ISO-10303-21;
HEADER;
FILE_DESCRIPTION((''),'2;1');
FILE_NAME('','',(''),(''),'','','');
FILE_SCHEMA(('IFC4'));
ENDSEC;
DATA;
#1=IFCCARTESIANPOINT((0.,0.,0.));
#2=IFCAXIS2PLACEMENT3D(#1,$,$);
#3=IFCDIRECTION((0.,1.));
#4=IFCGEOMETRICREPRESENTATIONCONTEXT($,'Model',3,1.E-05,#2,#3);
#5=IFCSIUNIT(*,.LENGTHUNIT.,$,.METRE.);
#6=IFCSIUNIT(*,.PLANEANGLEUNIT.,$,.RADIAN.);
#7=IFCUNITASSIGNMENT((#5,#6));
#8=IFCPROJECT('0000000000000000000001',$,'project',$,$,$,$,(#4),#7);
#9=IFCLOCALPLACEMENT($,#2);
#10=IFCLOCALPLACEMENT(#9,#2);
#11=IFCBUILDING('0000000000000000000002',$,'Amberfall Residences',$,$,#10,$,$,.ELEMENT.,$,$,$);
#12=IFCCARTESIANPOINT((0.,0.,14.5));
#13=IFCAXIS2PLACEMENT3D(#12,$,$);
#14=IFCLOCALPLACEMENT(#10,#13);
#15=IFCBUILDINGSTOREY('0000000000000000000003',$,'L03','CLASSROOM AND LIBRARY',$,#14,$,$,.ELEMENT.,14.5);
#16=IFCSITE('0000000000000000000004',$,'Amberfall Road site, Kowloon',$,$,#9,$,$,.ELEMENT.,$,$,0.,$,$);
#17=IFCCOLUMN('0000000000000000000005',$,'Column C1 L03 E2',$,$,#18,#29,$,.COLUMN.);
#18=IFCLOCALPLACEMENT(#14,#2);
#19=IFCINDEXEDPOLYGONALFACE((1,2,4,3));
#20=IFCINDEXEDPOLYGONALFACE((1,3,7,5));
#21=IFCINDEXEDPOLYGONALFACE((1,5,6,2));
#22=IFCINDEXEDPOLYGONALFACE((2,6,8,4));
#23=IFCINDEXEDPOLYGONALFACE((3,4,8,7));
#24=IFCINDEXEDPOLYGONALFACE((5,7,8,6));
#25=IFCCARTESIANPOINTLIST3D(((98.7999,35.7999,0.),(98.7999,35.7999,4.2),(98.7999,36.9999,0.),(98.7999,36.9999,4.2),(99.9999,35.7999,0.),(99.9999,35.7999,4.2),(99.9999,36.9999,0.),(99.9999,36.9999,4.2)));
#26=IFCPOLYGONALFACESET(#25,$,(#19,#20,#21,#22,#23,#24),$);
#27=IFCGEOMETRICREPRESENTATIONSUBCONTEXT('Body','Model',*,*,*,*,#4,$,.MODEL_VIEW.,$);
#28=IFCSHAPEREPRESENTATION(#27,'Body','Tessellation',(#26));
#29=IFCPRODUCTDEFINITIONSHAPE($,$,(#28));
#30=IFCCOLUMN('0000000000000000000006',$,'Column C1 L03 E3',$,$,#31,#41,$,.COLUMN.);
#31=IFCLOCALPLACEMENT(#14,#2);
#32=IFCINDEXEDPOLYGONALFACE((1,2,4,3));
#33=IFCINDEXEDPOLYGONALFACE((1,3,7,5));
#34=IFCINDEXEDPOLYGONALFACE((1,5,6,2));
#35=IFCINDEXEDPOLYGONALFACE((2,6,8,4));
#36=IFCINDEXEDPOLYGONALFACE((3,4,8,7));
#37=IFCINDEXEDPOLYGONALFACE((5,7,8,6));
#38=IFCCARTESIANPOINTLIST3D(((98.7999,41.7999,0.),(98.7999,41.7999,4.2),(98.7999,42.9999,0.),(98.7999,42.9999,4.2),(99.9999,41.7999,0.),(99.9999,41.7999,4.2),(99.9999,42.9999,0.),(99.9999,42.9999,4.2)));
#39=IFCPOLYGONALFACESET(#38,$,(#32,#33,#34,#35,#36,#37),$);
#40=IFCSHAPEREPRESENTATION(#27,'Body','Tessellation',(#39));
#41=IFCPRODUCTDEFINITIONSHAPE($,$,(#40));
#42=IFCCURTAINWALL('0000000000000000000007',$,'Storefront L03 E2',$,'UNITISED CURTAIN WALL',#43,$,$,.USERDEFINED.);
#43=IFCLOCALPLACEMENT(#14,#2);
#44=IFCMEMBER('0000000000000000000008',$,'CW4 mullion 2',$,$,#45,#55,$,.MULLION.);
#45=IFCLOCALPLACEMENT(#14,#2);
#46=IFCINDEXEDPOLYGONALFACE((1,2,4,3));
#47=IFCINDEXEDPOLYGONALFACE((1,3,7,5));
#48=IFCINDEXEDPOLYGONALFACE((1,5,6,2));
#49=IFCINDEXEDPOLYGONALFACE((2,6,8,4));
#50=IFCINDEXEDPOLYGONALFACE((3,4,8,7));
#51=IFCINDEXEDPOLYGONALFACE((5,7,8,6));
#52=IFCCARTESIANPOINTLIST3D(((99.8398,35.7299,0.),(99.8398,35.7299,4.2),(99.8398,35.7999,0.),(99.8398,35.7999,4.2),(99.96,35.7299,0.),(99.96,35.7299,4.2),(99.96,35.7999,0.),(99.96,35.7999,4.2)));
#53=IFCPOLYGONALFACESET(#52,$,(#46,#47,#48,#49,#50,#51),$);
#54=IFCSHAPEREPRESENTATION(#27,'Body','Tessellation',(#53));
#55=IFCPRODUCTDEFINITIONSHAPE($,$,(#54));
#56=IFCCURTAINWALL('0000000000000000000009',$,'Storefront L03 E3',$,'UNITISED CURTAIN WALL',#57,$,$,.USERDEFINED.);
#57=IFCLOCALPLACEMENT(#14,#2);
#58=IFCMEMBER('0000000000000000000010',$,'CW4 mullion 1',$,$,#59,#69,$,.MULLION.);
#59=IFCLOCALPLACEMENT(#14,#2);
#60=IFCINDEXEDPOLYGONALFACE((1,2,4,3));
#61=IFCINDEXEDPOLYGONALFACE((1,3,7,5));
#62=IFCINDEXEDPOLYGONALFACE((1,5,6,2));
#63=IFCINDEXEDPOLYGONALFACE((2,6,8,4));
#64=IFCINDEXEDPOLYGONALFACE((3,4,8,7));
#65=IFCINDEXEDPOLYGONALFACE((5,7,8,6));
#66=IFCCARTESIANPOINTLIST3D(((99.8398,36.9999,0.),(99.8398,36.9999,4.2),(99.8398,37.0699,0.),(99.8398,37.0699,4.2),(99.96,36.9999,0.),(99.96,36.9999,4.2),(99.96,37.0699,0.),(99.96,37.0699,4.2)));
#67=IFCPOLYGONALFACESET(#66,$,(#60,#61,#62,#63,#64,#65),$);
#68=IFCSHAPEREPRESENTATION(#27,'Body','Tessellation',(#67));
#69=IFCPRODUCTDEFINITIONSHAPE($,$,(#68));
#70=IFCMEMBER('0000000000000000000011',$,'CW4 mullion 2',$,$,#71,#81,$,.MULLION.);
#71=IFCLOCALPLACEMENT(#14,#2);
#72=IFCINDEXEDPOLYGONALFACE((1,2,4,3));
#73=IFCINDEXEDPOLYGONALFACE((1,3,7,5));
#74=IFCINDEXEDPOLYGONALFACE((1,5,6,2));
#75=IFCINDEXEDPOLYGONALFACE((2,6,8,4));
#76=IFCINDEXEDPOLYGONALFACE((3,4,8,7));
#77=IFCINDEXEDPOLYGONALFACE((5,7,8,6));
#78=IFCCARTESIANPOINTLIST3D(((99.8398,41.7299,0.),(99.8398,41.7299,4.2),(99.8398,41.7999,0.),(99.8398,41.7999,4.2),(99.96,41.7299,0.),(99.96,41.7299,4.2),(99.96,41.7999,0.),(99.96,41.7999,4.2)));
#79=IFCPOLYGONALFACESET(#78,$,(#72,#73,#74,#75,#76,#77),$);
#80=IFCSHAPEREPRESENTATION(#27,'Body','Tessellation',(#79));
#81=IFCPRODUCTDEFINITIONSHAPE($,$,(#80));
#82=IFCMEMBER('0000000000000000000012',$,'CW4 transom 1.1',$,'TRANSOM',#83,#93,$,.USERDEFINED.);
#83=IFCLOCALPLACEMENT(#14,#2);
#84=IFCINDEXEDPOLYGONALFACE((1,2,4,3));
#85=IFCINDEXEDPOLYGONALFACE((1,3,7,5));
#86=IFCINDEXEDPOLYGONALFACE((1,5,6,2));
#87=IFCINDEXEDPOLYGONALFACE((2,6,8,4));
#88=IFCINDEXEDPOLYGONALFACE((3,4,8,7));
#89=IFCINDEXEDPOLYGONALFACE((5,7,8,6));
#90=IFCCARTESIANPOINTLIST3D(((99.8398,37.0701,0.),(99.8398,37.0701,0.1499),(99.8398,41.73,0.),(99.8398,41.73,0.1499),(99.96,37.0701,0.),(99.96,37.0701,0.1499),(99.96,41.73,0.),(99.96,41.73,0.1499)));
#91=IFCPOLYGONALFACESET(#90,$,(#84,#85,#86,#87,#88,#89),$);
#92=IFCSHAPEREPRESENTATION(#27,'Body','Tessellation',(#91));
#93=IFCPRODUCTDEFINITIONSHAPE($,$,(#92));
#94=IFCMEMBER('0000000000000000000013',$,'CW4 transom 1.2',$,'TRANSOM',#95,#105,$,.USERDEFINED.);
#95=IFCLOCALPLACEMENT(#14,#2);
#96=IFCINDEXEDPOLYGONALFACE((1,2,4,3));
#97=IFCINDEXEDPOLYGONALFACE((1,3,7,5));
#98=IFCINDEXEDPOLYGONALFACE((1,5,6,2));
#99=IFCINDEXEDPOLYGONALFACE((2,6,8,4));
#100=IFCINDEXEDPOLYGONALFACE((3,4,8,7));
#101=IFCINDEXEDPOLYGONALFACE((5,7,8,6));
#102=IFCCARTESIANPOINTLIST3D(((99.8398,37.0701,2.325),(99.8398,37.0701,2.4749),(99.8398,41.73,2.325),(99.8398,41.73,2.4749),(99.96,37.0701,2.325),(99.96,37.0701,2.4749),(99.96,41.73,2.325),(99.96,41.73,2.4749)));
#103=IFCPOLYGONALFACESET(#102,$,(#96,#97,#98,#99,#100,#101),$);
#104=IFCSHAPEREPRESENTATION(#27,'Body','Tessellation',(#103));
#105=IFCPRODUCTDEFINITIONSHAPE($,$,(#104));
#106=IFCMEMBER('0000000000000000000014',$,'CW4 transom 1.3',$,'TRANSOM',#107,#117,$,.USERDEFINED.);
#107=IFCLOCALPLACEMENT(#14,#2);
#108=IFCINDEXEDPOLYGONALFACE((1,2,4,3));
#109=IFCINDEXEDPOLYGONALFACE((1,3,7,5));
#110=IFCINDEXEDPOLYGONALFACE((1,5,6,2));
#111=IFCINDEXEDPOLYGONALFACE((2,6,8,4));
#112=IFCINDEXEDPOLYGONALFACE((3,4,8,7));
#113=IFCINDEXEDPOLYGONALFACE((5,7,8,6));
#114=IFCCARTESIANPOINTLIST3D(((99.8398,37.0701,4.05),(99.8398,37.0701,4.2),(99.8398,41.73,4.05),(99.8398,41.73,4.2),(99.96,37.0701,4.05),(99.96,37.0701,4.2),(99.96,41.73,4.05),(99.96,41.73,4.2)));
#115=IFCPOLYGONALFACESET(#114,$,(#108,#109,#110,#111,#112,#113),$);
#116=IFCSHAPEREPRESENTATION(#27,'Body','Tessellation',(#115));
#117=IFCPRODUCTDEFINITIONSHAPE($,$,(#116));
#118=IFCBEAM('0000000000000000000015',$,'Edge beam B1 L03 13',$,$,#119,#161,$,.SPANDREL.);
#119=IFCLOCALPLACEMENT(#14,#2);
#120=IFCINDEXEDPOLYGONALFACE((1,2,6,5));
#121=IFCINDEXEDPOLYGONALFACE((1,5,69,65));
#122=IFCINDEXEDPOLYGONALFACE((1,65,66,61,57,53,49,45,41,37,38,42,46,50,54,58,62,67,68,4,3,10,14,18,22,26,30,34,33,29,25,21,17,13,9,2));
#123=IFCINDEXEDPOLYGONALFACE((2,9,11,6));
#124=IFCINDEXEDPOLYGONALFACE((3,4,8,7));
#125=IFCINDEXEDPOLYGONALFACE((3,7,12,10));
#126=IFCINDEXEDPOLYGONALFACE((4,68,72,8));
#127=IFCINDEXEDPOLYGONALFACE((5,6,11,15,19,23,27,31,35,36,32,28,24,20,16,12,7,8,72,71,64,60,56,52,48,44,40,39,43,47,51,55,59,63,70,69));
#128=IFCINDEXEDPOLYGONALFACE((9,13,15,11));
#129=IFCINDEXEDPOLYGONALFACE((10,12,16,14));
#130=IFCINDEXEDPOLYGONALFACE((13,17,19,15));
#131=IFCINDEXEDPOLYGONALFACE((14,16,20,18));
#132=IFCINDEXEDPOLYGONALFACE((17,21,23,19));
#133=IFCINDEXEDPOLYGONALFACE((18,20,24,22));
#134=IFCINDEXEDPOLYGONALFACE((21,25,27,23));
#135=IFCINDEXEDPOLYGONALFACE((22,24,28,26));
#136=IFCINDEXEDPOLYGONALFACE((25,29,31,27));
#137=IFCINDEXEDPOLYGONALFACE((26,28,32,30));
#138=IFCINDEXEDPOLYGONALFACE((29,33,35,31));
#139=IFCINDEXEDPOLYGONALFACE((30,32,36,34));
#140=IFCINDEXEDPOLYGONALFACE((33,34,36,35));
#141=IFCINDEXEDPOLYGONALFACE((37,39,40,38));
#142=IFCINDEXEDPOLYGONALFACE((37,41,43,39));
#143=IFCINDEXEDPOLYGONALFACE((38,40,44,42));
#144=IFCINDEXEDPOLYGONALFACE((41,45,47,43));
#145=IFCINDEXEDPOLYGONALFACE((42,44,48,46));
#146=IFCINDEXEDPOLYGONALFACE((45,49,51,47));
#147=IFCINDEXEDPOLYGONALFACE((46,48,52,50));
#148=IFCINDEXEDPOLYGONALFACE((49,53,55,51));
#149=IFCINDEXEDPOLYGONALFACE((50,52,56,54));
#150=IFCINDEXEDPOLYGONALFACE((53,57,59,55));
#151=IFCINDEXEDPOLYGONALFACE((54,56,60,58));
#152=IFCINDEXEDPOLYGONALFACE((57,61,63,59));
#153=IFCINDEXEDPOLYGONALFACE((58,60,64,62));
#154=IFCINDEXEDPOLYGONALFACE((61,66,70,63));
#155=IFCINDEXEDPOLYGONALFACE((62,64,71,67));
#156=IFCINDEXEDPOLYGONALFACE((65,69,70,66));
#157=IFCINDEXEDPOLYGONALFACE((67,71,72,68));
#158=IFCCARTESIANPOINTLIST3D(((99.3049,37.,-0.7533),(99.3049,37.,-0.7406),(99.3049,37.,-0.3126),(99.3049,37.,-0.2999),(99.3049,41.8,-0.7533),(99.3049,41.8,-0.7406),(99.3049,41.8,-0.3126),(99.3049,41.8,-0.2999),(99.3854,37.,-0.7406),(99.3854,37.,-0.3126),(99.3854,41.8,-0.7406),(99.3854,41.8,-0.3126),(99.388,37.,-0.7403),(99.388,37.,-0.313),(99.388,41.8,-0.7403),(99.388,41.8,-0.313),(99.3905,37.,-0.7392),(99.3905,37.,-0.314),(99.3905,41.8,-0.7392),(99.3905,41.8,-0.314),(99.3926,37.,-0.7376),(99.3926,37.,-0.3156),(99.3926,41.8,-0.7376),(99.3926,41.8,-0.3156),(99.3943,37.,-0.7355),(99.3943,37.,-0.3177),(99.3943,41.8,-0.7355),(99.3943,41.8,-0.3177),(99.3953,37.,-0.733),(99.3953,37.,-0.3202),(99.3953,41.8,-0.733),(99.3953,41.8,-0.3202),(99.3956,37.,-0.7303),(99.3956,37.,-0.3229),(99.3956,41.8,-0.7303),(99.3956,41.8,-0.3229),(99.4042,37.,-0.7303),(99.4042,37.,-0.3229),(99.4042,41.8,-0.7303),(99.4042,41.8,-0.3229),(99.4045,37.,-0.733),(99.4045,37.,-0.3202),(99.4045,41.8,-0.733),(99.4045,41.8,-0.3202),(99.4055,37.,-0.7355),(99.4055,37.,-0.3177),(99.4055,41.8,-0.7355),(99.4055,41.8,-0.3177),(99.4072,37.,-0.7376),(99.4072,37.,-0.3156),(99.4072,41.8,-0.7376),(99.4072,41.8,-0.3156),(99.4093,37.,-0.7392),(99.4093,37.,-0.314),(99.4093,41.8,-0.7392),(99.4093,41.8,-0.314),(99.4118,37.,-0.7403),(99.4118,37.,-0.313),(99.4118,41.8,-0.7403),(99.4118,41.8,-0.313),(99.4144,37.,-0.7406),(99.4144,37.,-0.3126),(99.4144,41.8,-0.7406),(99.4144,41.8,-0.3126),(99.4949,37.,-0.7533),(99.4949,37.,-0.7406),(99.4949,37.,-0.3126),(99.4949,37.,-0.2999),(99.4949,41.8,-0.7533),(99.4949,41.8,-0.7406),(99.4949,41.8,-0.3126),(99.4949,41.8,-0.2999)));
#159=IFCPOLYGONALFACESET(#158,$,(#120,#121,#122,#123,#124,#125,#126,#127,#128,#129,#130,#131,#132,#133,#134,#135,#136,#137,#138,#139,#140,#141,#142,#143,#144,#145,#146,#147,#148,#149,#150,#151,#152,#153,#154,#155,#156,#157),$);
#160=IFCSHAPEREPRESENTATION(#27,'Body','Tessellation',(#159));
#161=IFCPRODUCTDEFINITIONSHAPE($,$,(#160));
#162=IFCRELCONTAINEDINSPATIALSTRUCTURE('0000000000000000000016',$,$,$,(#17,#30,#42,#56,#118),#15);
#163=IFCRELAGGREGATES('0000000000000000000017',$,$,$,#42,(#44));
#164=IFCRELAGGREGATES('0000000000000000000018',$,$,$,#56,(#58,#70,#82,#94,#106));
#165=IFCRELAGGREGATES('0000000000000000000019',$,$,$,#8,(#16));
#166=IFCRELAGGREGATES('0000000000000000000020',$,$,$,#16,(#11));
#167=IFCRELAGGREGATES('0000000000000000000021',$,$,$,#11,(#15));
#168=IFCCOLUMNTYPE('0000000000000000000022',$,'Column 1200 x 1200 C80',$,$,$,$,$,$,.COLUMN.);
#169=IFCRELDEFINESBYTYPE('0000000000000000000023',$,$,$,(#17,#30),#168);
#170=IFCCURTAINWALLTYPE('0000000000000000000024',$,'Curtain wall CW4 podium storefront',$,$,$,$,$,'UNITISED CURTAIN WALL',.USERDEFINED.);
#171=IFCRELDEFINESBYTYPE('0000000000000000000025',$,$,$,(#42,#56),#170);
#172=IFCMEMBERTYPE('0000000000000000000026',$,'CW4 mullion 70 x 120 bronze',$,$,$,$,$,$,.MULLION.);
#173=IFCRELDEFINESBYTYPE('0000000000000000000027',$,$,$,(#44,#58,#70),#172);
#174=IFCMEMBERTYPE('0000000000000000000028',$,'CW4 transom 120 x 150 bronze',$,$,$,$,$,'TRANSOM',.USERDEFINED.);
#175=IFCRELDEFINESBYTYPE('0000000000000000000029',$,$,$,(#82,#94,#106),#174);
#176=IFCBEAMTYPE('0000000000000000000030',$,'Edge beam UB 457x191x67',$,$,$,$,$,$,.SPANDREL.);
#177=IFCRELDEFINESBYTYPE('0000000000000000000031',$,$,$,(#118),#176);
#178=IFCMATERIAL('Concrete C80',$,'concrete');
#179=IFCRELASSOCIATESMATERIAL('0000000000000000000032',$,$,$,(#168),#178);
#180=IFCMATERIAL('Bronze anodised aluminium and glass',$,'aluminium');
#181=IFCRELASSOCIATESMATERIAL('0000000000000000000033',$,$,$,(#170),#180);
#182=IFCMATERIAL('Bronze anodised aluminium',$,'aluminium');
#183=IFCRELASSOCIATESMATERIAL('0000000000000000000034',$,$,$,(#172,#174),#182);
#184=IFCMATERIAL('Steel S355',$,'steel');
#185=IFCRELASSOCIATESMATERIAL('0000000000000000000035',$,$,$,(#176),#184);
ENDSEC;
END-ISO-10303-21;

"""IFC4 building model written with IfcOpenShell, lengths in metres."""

from ifc_helpers import new_model, si_unit, direction, frame, origin, origin_2d, place, context, subcontext, project, spatial, rectangle, i_section, extrude, material, material_profile, profile_set, type_object, element, aggregate, save


model = new_model("IFC4")

# Units and contexts
model_context = context("Model", 3, precision=1e-05, world=origin(), true_north=direction((0.0, 1.0)))
body_context = subcontext(model_context, "Body", "Model", "MODEL_VIEW")
ifc_project = project(units=[si_unit("LENGTHUNIT", "METRE"), si_unit("PLANEANGLEUNIT", "RADIAN")], contexts=[model_context])

# Site, building, storey
site_placement = place(None, origin())
site = spatial("IfcSite", under=ifc_project, at=site_placement, Name="Amberfall Road site, Kowloon", CompositionType="ELEMENT", RefElevation=0.0)
building_placement = place(site_placement, origin())
building = spatial("IfcBuilding", under=site, at=building_placement, Name="Amberfall Residences", CompositionType="ELEMENT")
storey_placement = place(building_placement, frame((0.0, 0.0, 14.5)))
storey = spatial("IfcBuildingStorey", under=building, at=storey_placement, Name="L03", Description="CLASSROOM AND LIBRARY", CompositionType="ELEMENT", Elevation=14.5)

# Columns
ifc_material_1 = material(Name="Concrete C80", Category="concrete")
ifc_material_profile_1 = material_profile(ifc_material_1, rectangle(XDim=1.2, YDim=1.2, at=origin_2d()), Name="Column 1200 x 1200 C80")
ifc_profile_set_1 = profile_set([ifc_material_profile_1], Name="Concrete C80")
column_type = type_object("IfcColumnType", Name="Column 1200 x 1200 C80", PredefinedType="COLUMN", material=ifc_profile_set_1)
for number, where, z_axis, x_axis, name in (
    (1, (99.3999, 36.3999, 0.0), (0.0, 0.0, 1.0), (1.0, 0.0, 0.0), "Column C1 L03 E2"),
    (2, (99.3999, 42.3999, 0.0), (0.0, 0.0, 1.0), (1.0, 0.0, 0.0), "Column C1 L03 E3"),
):
    element("IfcColumn", number, at=place(storey_placement, frame(where, z_axis=z_axis, x_axis=x_axis)), inside=storey, type_object=column_type, Name=name, PredefinedType="COLUMN", context=body_context, shape_type="SweptSolid", body=[
        extrude(rectangle(XDim=1.2, YDim=1.2, at=origin_2d()), origin(), (0.0, 0.0, 1.0), 4.2),
    ])

# Curtain wall, member
ifc_material_2 = material(Name="Bronze anodised aluminium and glass", Category="aluminium")
curtain_wall_type = type_object("IfcCurtainWallType", Name="Curtain wall CW4 podium storefront", ElementType="UNITISED CURTAIN WALL", PredefinedType="USERDEFINED", material=ifc_material_2)
curtain_wall_1_placement = place(storey_placement, origin())
curtain_wall_1 = element("IfcCurtainWall", 3, at=curtain_wall_1_placement, inside=storey, type_object=curtain_wall_type, Name="Storefront L03 E2", ObjectType="UNITISED CURTAIN WALL", PredefinedType="USERDEFINED")
ifc_material_3 = material(Name="Bronze anodised aluminium", Category="aluminium")
ifc_material_profile_2 = material_profile(ifc_material_3, rectangle(XDim=0.1201, YDim=0.0701, at=origin_2d()), Name="CW4 mullion 70 x 120 bronze")
ifc_profile_set_2 = profile_set([ifc_material_profile_2], Name="Bronze anodised aluminium")
member_type_1 = type_object("IfcMemberType", Name="CW4 mullion 70 x 120 bronze", PredefinedType="MULLION", material=ifc_profile_set_2)
member_1_placement = place(storey_placement, frame((99.8999, 35.7649, 0.0), z_axis=(0.0, 0.0, 1.0), x_axis=(-1.0, 0.0, 0.0)))
member_1 = element("IfcMember", 4, at=member_1_placement, type_object=member_type_1, Name="CW4 mullion 2", PredefinedType="MULLION", context=body_context, shape_type="SweptSolid", body=[
    extrude(rectangle(XDim=0.1201, YDim=0.0701, at=origin_2d()), origin(), (0.0, 0.0, 1.0), 4.2),
])

# Curtain wall, members
curtain_wall_2_placement = place(storey_placement, origin())
curtain_wall_2 = element("IfcCurtainWall", 5, at=curtain_wall_2_placement, inside=storey, type_object=curtain_wall_type, Name="Storefront L03 E3", ObjectType="UNITISED CURTAIN WALL", PredefinedType="USERDEFINED")
member_2_placement = place(storey_placement, frame((99.8999, 37.0349, 0.0), z_axis=(0.0, 0.0, 1.0), x_axis=(-1.0, 0.0, 0.0)))
member_2 = element("IfcMember", 6, at=member_2_placement, type_object=member_type_1, Name="CW4 mullion 1", PredefinedType="MULLION", context=body_context, shape_type="SweptSolid", body=[
    extrude(rectangle(XDim=0.1201, YDim=0.0701, at=origin_2d()), origin(), (0.0, 0.0, 1.0), 4.2),
])
member_3_placement = place(storey_placement, frame((99.8999, 41.7649, 0.0), z_axis=(0.0, 0.0, 1.0), x_axis=(-1.0, 0.0, 0.0)))
member_3 = element("IfcMember", 7, at=member_3_placement, type_object=member_type_1, Name="CW4 mullion 2", PredefinedType="MULLION", context=body_context, shape_type="SweptSolid", body=[
    extrude(rectangle(XDim=0.1201, YDim=0.0701, at=origin_2d()), origin(), (0.0, 0.0, 1.0), 4.2),
])
ifc_material_profile_3 = material_profile(ifc_material_3, rectangle(XDim=0.1201, YDim=0.1499, at=origin_2d()), Name="CW4 transom 120 x 150 bronze")
ifc_profile_set_3 = profile_set([ifc_material_profile_3], Name="Bronze anodised aluminium")
member_type_2 = type_object("IfcMemberType", Name="CW4 transom 120 x 150 bronze", ElementType="TRANSOM", PredefinedType="USERDEFINED", material=ifc_profile_set_3)
member_4_placement = place(storey_placement, frame((99.8999, 37.0701, 0.075), z_axis=(0.0, 1.0, 0.0), x_axis=(-1.0, 0.0, 0.0)))
member_4 = element("IfcMember", 8, at=member_4_placement, type_object=member_type_2, Name="CW4 transom 1.1", ObjectType="TRANSOM", PredefinedType="USERDEFINED", context=body_context, shape_type="SweptSolid", body=[
    extrude(rectangle(XDim=0.1201, YDim=0.1499, at=origin_2d()), origin(), (0.0, 0.0, 1.0), 4.6599),
])
member_5_placement = place(storey_placement, frame((99.8999, 37.0701, 2.3999), z_axis=(0.0, 1.0, 0.0), x_axis=(-1.0, 0.0, 0.0)))
member_5 = element("IfcMember", 9, at=member_5_placement, type_object=member_type_2, Name="CW4 transom 1.2", ObjectType="TRANSOM", PredefinedType="USERDEFINED", context=body_context, shape_type="SweptSolid", body=[
    extrude(rectangle(XDim=0.1201, YDim=0.1499, at=origin_2d()), origin(), (0.0, 0.0, 1.0), 4.6599),
])
member_6_placement = place(storey_placement, frame((99.8999, 37.0701, 4.125), z_axis=(0.0, 1.0, 0.0), x_axis=(-1.0, 0.0, 0.0)))
member_6 = element("IfcMember", 10, at=member_6_placement, type_object=member_type_2, Name="CW4 transom 1.3", ObjectType="TRANSOM", PredefinedType="USERDEFINED", context=body_context, shape_type="SweptSolid", body=[
    extrude(rectangle(XDim=0.1201, YDim=0.1499, at=origin_2d()), origin(), (0.0, 0.0, 1.0), 4.6599),
])

# Beam
ifc_material_4 = material(Name="Steel S355", Category="steel")
ifc_material_profile_4 = material_profile(ifc_material_4, i_section(OverallWidth=0.1899, OverallDepth=0.4534, WebThickness=0.0085, FlangeThickness=0.0127, FilletRadius=0.0103, at=origin_2d()), Name="UB 457x191x67")
ifc_profile_set_4 = profile_set([ifc_material_profile_4], Name="Steel S355")
beam_type_1 = type_object("IfcBeamType", Name="Edge beam UB 457x191x67", PredefinedType="SPANDREL", material=ifc_profile_set_4)
beam_placement = place(storey_placement, frame((99.3999, 37.0, -0.5266), z_axis=(0.0, 1.0, 0.0), x_axis=(-1.0, 0.0, 0.0)))
element("IfcBeam", 11, at=beam_placement, inside=storey, type_object=beam_type_1, Name="Edge beam B1 L03 13", PredefinedType="SPANDREL", context=body_context, shape_type="SweptSolid", body=[
    extrude(i_section(OverallWidth=0.1899, OverallDepth=0.4534, WebThickness=0.0085, FlangeThickness=0.0127, FilletRadius=0.0103, at=origin_2d()), origin(), (0.0, 0.0, 1.0), 4.8),
])

aggregate(curtain_wall_1, [member_1])
aggregate(curtain_wall_2, [member_2, member_3, member_4, member_5, member_6])

save(model, "model.ifc")
